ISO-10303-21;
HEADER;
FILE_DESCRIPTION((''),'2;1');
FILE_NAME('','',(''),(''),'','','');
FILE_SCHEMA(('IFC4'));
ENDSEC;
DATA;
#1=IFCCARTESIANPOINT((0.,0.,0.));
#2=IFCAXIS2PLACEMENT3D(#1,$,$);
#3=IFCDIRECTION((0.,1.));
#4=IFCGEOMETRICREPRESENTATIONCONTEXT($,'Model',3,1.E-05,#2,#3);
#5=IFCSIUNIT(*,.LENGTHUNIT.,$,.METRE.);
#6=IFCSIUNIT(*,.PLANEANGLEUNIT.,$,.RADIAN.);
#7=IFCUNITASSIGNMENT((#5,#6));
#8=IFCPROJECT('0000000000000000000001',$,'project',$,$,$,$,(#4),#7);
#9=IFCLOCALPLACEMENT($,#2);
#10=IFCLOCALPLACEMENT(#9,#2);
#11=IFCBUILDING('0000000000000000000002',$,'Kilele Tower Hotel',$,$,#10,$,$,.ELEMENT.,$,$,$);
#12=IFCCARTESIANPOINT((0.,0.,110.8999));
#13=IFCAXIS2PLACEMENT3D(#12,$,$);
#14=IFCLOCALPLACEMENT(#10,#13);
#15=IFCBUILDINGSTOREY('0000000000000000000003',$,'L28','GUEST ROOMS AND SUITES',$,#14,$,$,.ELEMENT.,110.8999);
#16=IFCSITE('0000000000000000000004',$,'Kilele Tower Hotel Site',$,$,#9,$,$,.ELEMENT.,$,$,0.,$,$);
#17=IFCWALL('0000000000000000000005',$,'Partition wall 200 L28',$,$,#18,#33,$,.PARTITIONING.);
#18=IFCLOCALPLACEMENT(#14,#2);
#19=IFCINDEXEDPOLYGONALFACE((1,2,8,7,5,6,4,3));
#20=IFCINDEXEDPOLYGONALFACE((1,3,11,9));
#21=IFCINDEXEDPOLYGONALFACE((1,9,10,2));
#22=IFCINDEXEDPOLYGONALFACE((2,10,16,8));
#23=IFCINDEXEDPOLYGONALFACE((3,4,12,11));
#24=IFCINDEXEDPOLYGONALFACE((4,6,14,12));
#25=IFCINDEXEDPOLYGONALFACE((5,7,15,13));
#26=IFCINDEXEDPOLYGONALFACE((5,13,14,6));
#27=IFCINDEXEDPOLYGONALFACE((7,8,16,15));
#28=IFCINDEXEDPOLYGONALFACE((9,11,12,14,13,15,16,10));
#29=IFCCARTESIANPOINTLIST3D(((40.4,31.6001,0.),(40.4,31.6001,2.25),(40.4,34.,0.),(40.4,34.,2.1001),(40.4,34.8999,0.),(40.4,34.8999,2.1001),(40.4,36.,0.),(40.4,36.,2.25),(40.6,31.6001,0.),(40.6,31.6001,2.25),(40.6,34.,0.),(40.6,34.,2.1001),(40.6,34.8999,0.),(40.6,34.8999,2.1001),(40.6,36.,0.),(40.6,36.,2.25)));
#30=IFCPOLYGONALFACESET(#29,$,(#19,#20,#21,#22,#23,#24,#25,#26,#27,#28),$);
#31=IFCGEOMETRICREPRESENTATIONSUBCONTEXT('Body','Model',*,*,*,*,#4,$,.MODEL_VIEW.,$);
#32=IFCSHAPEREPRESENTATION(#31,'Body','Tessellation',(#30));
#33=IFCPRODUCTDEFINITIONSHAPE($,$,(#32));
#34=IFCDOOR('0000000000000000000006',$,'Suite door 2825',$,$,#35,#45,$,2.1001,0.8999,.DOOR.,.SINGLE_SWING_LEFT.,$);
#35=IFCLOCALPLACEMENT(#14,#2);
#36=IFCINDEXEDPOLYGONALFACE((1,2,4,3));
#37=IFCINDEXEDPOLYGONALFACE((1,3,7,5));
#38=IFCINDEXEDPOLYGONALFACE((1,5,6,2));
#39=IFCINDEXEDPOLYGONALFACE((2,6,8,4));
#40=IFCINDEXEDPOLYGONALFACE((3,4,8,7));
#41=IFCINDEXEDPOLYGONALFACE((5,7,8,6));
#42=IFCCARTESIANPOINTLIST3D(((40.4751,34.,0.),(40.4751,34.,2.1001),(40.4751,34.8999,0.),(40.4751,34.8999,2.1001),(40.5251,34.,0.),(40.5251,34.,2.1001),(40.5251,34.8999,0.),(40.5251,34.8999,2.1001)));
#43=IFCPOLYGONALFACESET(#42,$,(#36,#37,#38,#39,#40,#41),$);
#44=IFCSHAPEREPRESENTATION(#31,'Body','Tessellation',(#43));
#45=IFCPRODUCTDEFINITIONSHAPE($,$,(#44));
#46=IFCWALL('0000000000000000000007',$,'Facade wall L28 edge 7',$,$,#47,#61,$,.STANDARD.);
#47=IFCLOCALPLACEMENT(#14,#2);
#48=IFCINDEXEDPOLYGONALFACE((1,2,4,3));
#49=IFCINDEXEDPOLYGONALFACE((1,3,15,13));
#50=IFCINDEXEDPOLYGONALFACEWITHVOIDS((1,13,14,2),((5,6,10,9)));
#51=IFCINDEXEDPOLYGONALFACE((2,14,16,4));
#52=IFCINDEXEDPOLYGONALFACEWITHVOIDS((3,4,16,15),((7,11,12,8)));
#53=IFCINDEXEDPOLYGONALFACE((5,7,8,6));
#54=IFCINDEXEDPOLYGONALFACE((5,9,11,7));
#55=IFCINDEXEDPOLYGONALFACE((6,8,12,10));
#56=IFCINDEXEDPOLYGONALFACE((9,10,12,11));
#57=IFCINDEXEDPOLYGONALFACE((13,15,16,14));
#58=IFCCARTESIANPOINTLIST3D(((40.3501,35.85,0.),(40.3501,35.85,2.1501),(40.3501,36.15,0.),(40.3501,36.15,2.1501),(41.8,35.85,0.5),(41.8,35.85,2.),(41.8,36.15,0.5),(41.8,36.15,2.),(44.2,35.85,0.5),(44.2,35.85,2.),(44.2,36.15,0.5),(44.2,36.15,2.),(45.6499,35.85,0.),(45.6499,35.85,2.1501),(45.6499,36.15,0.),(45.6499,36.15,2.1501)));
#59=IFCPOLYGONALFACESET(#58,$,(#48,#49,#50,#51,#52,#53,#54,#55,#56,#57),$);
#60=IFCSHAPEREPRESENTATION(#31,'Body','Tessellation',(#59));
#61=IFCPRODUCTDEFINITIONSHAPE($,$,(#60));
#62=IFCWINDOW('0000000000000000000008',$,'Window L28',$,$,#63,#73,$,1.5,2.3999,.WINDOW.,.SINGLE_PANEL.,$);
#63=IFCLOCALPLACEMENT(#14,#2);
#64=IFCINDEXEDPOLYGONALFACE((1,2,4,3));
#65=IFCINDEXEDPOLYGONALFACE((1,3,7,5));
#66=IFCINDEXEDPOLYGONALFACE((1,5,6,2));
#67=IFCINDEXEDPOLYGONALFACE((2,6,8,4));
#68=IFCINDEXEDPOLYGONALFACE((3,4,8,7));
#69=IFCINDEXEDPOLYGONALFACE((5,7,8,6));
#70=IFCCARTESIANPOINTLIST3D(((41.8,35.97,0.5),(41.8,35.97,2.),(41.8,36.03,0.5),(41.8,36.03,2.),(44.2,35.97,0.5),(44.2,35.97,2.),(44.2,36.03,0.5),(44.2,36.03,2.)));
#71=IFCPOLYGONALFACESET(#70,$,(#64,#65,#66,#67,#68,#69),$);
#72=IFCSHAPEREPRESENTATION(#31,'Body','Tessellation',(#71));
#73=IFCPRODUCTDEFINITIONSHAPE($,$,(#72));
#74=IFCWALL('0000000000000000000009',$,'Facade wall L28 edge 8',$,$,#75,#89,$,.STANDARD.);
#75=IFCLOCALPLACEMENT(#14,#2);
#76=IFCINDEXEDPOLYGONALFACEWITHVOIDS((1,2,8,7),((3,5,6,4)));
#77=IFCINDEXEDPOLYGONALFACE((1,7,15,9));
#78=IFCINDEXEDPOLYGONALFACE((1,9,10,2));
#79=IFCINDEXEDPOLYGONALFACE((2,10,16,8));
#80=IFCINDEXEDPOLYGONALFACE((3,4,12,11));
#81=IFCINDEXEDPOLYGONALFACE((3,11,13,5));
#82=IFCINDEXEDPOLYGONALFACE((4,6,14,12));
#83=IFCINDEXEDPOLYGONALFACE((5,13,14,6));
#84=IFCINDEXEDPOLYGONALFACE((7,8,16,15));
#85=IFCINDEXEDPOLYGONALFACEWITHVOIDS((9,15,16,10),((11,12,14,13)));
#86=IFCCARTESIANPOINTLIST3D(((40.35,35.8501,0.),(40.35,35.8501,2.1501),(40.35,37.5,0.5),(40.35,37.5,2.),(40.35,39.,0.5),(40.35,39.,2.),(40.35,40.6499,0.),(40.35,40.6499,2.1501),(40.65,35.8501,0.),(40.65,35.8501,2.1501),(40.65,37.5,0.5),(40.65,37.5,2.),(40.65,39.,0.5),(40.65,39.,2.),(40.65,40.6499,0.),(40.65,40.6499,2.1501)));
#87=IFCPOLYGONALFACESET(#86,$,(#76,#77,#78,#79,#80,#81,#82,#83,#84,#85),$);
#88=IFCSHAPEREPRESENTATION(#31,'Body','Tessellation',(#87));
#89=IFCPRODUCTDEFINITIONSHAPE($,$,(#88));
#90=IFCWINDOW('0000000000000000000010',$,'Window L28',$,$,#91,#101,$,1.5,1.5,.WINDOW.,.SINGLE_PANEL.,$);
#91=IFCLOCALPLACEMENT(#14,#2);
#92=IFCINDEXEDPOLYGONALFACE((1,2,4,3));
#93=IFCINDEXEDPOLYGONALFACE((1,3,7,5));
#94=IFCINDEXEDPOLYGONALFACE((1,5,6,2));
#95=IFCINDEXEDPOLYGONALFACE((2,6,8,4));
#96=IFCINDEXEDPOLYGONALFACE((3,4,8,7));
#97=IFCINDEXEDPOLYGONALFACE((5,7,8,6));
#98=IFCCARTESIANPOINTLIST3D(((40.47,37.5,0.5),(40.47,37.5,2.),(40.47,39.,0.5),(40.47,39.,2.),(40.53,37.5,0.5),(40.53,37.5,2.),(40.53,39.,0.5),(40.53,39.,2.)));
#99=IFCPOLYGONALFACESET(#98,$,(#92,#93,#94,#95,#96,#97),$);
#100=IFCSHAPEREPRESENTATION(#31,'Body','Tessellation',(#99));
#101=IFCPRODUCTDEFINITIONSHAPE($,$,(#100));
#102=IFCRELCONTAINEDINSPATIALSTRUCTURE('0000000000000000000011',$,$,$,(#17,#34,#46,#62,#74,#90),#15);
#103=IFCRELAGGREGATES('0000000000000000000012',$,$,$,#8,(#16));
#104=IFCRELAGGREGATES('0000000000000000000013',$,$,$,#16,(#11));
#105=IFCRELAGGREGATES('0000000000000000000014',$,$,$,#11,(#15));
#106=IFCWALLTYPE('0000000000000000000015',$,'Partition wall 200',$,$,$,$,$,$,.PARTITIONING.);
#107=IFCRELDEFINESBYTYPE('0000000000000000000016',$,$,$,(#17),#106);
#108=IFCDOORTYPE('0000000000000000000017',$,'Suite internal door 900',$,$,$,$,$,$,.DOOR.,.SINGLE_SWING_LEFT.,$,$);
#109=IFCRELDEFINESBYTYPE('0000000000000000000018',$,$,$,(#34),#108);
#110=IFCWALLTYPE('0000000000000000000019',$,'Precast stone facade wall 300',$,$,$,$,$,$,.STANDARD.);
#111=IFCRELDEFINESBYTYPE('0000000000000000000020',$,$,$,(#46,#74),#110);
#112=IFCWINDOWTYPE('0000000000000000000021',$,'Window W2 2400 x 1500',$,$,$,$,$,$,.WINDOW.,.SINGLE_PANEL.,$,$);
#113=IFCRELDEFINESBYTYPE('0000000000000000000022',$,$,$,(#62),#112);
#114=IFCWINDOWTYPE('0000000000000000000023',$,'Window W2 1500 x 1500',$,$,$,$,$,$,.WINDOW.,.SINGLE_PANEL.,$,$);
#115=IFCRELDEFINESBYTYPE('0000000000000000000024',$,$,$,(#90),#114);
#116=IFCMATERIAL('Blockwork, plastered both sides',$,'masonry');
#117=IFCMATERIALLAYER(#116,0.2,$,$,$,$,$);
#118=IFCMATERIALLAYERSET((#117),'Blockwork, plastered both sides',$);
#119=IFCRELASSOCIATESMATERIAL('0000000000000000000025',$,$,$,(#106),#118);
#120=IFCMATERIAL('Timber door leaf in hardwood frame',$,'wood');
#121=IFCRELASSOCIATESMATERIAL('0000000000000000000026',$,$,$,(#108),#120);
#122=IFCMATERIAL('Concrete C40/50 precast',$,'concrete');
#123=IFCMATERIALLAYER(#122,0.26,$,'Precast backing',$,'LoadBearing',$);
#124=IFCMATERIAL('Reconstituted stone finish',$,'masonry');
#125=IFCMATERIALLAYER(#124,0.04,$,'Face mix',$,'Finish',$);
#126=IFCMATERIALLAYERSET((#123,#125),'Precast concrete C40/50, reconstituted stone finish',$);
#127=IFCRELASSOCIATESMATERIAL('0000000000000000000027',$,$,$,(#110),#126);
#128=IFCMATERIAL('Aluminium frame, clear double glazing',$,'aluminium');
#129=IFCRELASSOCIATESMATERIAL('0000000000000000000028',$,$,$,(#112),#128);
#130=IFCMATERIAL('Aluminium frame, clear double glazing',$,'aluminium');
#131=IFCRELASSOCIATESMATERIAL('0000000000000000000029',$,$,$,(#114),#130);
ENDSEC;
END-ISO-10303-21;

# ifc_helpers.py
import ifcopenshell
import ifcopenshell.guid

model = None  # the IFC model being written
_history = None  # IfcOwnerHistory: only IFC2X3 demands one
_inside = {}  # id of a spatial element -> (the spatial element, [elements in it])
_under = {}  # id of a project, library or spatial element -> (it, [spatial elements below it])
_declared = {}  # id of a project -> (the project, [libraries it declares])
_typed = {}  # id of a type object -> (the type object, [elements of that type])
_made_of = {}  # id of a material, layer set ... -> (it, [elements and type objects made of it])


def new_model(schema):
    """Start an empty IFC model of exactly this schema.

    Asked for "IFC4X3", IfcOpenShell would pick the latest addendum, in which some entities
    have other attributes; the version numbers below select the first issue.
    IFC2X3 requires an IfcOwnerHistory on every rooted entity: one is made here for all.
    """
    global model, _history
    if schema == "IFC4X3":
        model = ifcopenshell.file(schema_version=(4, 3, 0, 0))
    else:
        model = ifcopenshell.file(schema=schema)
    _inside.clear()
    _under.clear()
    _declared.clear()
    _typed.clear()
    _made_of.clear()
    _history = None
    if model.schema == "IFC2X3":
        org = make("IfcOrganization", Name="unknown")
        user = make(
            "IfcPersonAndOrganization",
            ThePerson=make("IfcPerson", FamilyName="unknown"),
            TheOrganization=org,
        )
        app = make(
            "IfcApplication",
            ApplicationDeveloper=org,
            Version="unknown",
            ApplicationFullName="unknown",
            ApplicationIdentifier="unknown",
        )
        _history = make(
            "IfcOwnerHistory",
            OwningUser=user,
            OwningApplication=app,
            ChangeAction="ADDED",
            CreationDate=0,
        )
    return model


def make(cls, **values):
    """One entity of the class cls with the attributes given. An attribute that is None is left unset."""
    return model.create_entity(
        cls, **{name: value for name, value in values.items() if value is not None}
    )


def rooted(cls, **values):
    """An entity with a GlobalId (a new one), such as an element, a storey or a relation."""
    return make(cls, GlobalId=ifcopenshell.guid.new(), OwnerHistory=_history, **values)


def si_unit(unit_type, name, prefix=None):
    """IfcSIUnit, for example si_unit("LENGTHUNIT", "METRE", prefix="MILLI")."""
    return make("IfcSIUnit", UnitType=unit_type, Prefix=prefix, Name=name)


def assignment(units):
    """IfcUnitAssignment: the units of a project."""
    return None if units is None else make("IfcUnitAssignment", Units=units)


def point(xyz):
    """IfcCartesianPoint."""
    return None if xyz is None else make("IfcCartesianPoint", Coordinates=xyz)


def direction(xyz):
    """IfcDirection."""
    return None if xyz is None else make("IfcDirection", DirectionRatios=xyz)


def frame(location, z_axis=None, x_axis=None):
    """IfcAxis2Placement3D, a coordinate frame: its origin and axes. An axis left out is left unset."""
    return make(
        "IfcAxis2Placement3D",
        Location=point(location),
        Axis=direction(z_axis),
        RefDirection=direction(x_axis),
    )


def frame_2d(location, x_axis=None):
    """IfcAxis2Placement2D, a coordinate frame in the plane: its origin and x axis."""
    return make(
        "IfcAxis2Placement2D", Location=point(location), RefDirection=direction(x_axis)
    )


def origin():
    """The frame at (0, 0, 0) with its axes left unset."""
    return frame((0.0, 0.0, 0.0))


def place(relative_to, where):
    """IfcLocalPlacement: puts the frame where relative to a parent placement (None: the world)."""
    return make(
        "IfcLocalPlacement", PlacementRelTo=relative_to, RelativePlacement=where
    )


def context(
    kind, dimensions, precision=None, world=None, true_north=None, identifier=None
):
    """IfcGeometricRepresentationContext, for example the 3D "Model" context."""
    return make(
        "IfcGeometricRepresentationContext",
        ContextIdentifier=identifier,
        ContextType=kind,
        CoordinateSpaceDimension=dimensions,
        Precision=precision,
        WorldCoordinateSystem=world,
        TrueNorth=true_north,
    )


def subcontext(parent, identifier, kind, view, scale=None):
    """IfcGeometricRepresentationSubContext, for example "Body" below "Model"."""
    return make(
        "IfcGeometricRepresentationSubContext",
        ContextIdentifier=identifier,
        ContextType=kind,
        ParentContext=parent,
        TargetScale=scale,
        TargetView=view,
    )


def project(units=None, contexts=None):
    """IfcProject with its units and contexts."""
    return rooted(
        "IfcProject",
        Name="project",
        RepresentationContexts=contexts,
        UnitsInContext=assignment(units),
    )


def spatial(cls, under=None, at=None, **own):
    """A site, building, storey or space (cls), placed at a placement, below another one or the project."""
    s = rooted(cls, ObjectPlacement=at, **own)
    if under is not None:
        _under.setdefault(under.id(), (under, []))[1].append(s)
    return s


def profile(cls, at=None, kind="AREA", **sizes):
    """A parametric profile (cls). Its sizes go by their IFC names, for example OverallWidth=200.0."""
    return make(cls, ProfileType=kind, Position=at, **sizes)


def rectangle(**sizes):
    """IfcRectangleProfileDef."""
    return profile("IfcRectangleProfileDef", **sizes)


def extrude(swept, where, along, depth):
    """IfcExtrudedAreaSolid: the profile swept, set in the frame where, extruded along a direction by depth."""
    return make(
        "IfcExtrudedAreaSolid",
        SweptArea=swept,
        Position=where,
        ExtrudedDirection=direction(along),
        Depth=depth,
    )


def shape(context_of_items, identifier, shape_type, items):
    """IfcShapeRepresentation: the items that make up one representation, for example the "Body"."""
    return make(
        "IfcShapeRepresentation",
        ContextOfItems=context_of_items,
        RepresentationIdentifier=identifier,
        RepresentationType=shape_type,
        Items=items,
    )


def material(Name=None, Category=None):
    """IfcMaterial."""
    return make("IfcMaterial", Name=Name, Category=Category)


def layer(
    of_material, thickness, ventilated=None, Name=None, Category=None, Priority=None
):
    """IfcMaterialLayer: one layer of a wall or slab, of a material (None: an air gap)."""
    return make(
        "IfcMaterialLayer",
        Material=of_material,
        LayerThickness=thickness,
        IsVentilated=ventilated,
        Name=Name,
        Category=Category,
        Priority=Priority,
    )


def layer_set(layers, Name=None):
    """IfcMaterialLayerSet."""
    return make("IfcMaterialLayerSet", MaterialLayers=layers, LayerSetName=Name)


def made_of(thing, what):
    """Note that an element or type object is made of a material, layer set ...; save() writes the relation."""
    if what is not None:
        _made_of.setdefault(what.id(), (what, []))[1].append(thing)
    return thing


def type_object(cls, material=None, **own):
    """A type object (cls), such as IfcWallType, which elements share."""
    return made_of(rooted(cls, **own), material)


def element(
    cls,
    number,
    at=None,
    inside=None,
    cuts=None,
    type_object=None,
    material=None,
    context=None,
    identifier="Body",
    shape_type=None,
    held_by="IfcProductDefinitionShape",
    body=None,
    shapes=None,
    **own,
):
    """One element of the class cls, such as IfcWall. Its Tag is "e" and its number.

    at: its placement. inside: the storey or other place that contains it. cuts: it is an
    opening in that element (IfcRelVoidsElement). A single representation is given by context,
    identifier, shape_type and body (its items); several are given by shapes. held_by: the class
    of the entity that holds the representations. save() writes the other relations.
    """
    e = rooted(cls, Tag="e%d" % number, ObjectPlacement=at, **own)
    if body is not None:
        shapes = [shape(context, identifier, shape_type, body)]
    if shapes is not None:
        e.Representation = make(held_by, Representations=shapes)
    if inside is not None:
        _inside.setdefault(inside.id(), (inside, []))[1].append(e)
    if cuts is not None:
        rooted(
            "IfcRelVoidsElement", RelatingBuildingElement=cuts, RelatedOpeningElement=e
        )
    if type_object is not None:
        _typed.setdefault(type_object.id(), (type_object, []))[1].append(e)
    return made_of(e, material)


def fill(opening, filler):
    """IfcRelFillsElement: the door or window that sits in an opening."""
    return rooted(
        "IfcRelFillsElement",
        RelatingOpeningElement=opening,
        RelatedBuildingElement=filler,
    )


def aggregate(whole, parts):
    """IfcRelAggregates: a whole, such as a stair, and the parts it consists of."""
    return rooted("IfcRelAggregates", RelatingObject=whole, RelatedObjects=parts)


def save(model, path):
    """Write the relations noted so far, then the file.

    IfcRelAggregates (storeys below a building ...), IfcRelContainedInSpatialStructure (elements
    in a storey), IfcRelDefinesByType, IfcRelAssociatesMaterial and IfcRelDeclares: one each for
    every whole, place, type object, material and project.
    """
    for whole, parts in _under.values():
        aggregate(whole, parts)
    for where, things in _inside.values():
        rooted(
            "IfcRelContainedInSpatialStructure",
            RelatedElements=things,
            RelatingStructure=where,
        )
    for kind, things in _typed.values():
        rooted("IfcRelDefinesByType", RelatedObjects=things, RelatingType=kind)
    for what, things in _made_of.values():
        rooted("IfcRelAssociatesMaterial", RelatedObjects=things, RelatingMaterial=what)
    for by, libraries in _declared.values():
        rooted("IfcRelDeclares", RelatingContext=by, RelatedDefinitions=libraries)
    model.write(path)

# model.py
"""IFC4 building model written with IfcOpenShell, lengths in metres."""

from ifc_helpers import new_model, si_unit, direction, frame, frame_2d, origin, place, context, subcontext, project, spatial, rectangle, extrude, material, layer, layer_set, type_object, element, fill, save


model = new_model("IFC4")

# Units and contexts
model_context = context("Model", 3, precision=1e-05, world=origin(), true_north=direction((0.0, 1.0)))
body_context = subcontext(model_context, "Body", "Model", "MODEL_VIEW")
ifc_project = project(units=[si_unit("LENGTHUNIT", "METRE"), si_unit("PLANEANGLEUNIT", "RADIAN")], contexts=[model_context])

# Site, building, storey
site_placement = place(None, origin())
site = spatial("IfcSite", under=ifc_project, at=site_placement, Name="Kilele Tower Hotel Site", CompositionType="ELEMENT", RefElevation=0.0)
building_placement = place(site_placement, origin())
building = spatial("IfcBuilding", under=site, at=building_placement, Name="Kilele Tower Hotel", CompositionType="ELEMENT")
storey_placement = place(building_placement, frame((0.0, 0.0, 110.8999)))
storey = spatial("IfcBuildingStorey", under=building, at=storey_placement, Name="L28", Description="GUEST ROOMS AND SUITES", CompositionType="ELEMENT", Elevation=110.8999)

# Wall, opening, door
ifc_material_1 = material(Name="Blockwork, plastered both sides", Category="masonry")
ifc_layer_1 = layer(ifc_material_1, 0.2)
ifc_layer_set_1 = layer_set([ifc_layer_1], Name="Blockwork, plastered both sides")
wall_type_1 = type_object("IfcWallType", Name="Partition wall 200", PredefinedType="PARTITIONING", material=ifc_layer_set_1)
wall_1_placement = place(storey_placement, frame((40.5, 31.6001, 0.0), z_axis=(0.0, 0.0, 1.0), x_axis=(0.0, 1.0, 0.0)))
wall_1 = element("IfcWall", 1, at=wall_1_placement, inside=storey, type_object=wall_type_1, Name="Partition wall 200 L28", PredefinedType="PARTITIONING", context=body_context, shape_type="SweptSolid", body=[
    extrude(rectangle(XDim=4.3999, YDim=0.2, at=frame_2d((2.2, 0.0))), origin(), (0.0, 0.0, 1.0), 2.25),
])
opening_1_placement = place(wall_1_placement, frame((2.3999, 0.0, 0.0)))
opening_1 = element("IfcOpeningElement", 2, at=opening_1_placement, cuts=wall_1, PredefinedType="OPENING", context=body_context, shape_type="SweptSolid", body=[
    extrude(rectangle(XDim=0.8999, YDim=2.1001, at=frame_2d((0.45, 1.05))), frame((0.0, 0.1099, 0.0), z_axis=(0.0, -1.0, 0.0), x_axis=(1.0, 0.0, 0.0)), (0.0, 0.0, 1.0), 0.22),
])
ifc_material_2 = material(Name="Timber door leaf in hardwood frame", Category="wood")
door_type_1 = type_object("IfcDoorType", Name="Suite internal door 900", OperationType="SINGLE_SWING_LEFT", PredefinedType="DOOR", material=ifc_material_2)
door_1_placement = place(opening_1_placement, origin())
door_1 = element("IfcDoor", 3, at=door_1_placement, inside=storey, type_object=door_type_1, Name="Suite door 2825", OperationType="SINGLE_SWING_LEFT", OverallHeight=2.1001, OverallWidth=0.8999, PredefinedType="DOOR", context=body_context, shape_type="SweptSolid", body=[
    extrude(rectangle(XDim=0.8999, YDim=2.1001, at=frame_2d((0.45, 1.05))), frame((0.0, 0.0249, 0.0), z_axis=(0.0, -1.0, 0.0), x_axis=(1.0, 0.0, 0.0)), (0.0, 0.0, 1.0), 0.05),
])
fill(opening_1, door_1)

# Walls, openings, windows
ifc_material_3 = material(Name="Concrete C40/50 precast", Category="concrete")
ifc_layer_2 = layer(ifc_material_3, 0.26, Name="Precast backing", Category="LoadBearing")
ifc_material_4 = material(Name="Reconstituted stone finish", Category="masonry")
ifc_layer_3 = layer(ifc_material_4, 0.04, Name="Face mix", Category="Finish")
ifc_layer_set_2 = layer_set([ifc_layer_2, ifc_layer_3], Name="Precast concrete C40/50, reconstituted stone finish")
wall_type_2 = type_object("IfcWallType", Name="Precast stone facade wall 300", PredefinedType="STANDARD", material=ifc_layer_set_2)
wall_2_placement = place(storey_placement, frame((45.6499, 36.0, 0.0), z_axis=(0.0, 0.0, 1.0), x_axis=(-1.0, 0.0, 0.0)))
wall_2 = element("IfcWall", 4, at=wall_2_placement, inside=storey, type_object=wall_type_2, Name="Facade wall L28 edge 7", PredefinedType="STANDARD", context=body_context, shape_type="SweptSolid", body=[
    extrude(rectangle(XDim=5.2998, YDim=0.3, at=frame_2d((2.6499, 0.0))), origin(), (0.0, 0.0, 1.0), 2.1501),
])
opening_2_placement = place(wall_2_placement, frame((1.45, 0.0, 0.5)))
opening_2 = element("IfcOpeningElement", 5, at=opening_2_placement, cuts=wall_2, PredefinedType="OPENING", context=body_context, shape_type="SweptSolid", body=[
    extrude(rectangle(XDim=2.3999, YDim=1.5, at=frame_2d((1.2, 0.75))), frame((0.0, 0.1599, 0.0), z_axis=(0.0, -1.0, 0.0), x_axis=(1.0, 0.0, 0.0)), (0.0, 0.0, 1.0), 0.3201),
])
ifc_material_5 = material(Name="Aluminium frame, clear double glazing", Category="aluminium")
window_type_1 = type_object("IfcWindowType", Name="Window W2 2400 x 1500", PartitioningType="SINGLE_PANEL", PredefinedType="WINDOW", material=ifc_material_5)
window_1_placement = place(opening_2_placement, origin())
window_1 = element("IfcWindow", 6, at=window_1_placement, inside=storey, type_object=window_type_1, Name="Window L28", OverallHeight=1.5, OverallWidth=2.3999, PartitioningType="SINGLE_PANEL", PredefinedType="WINDOW", context=body_context, shape_type="SweptSolid", body=[
    extrude(rectangle(XDim=2.3999, YDim=1.5, at=frame_2d((1.2, 0.75))), frame((0.0, 0.03, 0.0), z_axis=(0.0, -1.0, 0.0), x_axis=(1.0, 0.0, 0.0)), (0.0, 0.0, 1.0), 0.0601),
])
fill(opening_2, window_1)
wall_3_placement = place(storey_placement, frame((40.5, 35.8501, 0.0), z_axis=(0.0, 0.0, 1.0), x_axis=(0.0, 1.0, 0.0)))
wall_3 = element("IfcWall", 7, at=wall_3_placement, inside=storey, type_object=wall_type_2, Name="Facade wall L28 edge 8", PredefinedType="STANDARD", context=body_context, shape_type="SweptSolid", body=[
    extrude(rectangle(XDim=4.7998, YDim=0.3, at=frame_2d((2.3999, 0.0))), origin(), (0.0, 0.0, 1.0), 2.1501),
])
opening_3_placement = place(wall_3_placement, frame((1.6499, 0.0, 0.5)))
opening_3 = element("IfcOpeningElement", 8, at=opening_3_placement, cuts=wall_3, PredefinedType="OPENING", context=body_context, shape_type="SweptSolid", body=[
    extrude(rectangle(XDim=1.5, YDim=1.5, at=frame_2d((0.75, 0.75))), frame((0.0, 0.1599, 0.0), z_axis=(0.0, -1.0, 0.0), x_axis=(1.0, 0.0, 0.0)), (0.0, 0.0, 1.0), 0.3201),
])
ifc_material_6 = material(Name="Aluminium frame, clear double glazing", Category="aluminium")
window_type_2 = type_object("IfcWindowType", Name="Window W2 1500 x 1500", PartitioningType="SINGLE_PANEL", PredefinedType="WINDOW", material=ifc_material_6)
window_2_placement = place(opening_3_placement, origin())
window_2 = element("IfcWindow", 9, at=window_2_placement, inside=storey, type_object=window_type_2, Name="Window L28", OverallHeight=1.5, OverallWidth=1.5, PartitioningType="SINGLE_PANEL", PredefinedType="WINDOW", context=body_context, shape_type="SweptSolid", body=[
    extrude(rectangle(XDim=1.5, YDim=1.5, at=frame_2d((0.75, 0.75))), frame((0.0, 0.03, 0.0), z_axis=(0.0, -1.0, 0.0), x_axis=(1.0, 0.0, 0.0)), (0.0, 0.0, 1.0), 0.0601),
])
fill(opening_3, window_2)

save(model, "model.ifc")
